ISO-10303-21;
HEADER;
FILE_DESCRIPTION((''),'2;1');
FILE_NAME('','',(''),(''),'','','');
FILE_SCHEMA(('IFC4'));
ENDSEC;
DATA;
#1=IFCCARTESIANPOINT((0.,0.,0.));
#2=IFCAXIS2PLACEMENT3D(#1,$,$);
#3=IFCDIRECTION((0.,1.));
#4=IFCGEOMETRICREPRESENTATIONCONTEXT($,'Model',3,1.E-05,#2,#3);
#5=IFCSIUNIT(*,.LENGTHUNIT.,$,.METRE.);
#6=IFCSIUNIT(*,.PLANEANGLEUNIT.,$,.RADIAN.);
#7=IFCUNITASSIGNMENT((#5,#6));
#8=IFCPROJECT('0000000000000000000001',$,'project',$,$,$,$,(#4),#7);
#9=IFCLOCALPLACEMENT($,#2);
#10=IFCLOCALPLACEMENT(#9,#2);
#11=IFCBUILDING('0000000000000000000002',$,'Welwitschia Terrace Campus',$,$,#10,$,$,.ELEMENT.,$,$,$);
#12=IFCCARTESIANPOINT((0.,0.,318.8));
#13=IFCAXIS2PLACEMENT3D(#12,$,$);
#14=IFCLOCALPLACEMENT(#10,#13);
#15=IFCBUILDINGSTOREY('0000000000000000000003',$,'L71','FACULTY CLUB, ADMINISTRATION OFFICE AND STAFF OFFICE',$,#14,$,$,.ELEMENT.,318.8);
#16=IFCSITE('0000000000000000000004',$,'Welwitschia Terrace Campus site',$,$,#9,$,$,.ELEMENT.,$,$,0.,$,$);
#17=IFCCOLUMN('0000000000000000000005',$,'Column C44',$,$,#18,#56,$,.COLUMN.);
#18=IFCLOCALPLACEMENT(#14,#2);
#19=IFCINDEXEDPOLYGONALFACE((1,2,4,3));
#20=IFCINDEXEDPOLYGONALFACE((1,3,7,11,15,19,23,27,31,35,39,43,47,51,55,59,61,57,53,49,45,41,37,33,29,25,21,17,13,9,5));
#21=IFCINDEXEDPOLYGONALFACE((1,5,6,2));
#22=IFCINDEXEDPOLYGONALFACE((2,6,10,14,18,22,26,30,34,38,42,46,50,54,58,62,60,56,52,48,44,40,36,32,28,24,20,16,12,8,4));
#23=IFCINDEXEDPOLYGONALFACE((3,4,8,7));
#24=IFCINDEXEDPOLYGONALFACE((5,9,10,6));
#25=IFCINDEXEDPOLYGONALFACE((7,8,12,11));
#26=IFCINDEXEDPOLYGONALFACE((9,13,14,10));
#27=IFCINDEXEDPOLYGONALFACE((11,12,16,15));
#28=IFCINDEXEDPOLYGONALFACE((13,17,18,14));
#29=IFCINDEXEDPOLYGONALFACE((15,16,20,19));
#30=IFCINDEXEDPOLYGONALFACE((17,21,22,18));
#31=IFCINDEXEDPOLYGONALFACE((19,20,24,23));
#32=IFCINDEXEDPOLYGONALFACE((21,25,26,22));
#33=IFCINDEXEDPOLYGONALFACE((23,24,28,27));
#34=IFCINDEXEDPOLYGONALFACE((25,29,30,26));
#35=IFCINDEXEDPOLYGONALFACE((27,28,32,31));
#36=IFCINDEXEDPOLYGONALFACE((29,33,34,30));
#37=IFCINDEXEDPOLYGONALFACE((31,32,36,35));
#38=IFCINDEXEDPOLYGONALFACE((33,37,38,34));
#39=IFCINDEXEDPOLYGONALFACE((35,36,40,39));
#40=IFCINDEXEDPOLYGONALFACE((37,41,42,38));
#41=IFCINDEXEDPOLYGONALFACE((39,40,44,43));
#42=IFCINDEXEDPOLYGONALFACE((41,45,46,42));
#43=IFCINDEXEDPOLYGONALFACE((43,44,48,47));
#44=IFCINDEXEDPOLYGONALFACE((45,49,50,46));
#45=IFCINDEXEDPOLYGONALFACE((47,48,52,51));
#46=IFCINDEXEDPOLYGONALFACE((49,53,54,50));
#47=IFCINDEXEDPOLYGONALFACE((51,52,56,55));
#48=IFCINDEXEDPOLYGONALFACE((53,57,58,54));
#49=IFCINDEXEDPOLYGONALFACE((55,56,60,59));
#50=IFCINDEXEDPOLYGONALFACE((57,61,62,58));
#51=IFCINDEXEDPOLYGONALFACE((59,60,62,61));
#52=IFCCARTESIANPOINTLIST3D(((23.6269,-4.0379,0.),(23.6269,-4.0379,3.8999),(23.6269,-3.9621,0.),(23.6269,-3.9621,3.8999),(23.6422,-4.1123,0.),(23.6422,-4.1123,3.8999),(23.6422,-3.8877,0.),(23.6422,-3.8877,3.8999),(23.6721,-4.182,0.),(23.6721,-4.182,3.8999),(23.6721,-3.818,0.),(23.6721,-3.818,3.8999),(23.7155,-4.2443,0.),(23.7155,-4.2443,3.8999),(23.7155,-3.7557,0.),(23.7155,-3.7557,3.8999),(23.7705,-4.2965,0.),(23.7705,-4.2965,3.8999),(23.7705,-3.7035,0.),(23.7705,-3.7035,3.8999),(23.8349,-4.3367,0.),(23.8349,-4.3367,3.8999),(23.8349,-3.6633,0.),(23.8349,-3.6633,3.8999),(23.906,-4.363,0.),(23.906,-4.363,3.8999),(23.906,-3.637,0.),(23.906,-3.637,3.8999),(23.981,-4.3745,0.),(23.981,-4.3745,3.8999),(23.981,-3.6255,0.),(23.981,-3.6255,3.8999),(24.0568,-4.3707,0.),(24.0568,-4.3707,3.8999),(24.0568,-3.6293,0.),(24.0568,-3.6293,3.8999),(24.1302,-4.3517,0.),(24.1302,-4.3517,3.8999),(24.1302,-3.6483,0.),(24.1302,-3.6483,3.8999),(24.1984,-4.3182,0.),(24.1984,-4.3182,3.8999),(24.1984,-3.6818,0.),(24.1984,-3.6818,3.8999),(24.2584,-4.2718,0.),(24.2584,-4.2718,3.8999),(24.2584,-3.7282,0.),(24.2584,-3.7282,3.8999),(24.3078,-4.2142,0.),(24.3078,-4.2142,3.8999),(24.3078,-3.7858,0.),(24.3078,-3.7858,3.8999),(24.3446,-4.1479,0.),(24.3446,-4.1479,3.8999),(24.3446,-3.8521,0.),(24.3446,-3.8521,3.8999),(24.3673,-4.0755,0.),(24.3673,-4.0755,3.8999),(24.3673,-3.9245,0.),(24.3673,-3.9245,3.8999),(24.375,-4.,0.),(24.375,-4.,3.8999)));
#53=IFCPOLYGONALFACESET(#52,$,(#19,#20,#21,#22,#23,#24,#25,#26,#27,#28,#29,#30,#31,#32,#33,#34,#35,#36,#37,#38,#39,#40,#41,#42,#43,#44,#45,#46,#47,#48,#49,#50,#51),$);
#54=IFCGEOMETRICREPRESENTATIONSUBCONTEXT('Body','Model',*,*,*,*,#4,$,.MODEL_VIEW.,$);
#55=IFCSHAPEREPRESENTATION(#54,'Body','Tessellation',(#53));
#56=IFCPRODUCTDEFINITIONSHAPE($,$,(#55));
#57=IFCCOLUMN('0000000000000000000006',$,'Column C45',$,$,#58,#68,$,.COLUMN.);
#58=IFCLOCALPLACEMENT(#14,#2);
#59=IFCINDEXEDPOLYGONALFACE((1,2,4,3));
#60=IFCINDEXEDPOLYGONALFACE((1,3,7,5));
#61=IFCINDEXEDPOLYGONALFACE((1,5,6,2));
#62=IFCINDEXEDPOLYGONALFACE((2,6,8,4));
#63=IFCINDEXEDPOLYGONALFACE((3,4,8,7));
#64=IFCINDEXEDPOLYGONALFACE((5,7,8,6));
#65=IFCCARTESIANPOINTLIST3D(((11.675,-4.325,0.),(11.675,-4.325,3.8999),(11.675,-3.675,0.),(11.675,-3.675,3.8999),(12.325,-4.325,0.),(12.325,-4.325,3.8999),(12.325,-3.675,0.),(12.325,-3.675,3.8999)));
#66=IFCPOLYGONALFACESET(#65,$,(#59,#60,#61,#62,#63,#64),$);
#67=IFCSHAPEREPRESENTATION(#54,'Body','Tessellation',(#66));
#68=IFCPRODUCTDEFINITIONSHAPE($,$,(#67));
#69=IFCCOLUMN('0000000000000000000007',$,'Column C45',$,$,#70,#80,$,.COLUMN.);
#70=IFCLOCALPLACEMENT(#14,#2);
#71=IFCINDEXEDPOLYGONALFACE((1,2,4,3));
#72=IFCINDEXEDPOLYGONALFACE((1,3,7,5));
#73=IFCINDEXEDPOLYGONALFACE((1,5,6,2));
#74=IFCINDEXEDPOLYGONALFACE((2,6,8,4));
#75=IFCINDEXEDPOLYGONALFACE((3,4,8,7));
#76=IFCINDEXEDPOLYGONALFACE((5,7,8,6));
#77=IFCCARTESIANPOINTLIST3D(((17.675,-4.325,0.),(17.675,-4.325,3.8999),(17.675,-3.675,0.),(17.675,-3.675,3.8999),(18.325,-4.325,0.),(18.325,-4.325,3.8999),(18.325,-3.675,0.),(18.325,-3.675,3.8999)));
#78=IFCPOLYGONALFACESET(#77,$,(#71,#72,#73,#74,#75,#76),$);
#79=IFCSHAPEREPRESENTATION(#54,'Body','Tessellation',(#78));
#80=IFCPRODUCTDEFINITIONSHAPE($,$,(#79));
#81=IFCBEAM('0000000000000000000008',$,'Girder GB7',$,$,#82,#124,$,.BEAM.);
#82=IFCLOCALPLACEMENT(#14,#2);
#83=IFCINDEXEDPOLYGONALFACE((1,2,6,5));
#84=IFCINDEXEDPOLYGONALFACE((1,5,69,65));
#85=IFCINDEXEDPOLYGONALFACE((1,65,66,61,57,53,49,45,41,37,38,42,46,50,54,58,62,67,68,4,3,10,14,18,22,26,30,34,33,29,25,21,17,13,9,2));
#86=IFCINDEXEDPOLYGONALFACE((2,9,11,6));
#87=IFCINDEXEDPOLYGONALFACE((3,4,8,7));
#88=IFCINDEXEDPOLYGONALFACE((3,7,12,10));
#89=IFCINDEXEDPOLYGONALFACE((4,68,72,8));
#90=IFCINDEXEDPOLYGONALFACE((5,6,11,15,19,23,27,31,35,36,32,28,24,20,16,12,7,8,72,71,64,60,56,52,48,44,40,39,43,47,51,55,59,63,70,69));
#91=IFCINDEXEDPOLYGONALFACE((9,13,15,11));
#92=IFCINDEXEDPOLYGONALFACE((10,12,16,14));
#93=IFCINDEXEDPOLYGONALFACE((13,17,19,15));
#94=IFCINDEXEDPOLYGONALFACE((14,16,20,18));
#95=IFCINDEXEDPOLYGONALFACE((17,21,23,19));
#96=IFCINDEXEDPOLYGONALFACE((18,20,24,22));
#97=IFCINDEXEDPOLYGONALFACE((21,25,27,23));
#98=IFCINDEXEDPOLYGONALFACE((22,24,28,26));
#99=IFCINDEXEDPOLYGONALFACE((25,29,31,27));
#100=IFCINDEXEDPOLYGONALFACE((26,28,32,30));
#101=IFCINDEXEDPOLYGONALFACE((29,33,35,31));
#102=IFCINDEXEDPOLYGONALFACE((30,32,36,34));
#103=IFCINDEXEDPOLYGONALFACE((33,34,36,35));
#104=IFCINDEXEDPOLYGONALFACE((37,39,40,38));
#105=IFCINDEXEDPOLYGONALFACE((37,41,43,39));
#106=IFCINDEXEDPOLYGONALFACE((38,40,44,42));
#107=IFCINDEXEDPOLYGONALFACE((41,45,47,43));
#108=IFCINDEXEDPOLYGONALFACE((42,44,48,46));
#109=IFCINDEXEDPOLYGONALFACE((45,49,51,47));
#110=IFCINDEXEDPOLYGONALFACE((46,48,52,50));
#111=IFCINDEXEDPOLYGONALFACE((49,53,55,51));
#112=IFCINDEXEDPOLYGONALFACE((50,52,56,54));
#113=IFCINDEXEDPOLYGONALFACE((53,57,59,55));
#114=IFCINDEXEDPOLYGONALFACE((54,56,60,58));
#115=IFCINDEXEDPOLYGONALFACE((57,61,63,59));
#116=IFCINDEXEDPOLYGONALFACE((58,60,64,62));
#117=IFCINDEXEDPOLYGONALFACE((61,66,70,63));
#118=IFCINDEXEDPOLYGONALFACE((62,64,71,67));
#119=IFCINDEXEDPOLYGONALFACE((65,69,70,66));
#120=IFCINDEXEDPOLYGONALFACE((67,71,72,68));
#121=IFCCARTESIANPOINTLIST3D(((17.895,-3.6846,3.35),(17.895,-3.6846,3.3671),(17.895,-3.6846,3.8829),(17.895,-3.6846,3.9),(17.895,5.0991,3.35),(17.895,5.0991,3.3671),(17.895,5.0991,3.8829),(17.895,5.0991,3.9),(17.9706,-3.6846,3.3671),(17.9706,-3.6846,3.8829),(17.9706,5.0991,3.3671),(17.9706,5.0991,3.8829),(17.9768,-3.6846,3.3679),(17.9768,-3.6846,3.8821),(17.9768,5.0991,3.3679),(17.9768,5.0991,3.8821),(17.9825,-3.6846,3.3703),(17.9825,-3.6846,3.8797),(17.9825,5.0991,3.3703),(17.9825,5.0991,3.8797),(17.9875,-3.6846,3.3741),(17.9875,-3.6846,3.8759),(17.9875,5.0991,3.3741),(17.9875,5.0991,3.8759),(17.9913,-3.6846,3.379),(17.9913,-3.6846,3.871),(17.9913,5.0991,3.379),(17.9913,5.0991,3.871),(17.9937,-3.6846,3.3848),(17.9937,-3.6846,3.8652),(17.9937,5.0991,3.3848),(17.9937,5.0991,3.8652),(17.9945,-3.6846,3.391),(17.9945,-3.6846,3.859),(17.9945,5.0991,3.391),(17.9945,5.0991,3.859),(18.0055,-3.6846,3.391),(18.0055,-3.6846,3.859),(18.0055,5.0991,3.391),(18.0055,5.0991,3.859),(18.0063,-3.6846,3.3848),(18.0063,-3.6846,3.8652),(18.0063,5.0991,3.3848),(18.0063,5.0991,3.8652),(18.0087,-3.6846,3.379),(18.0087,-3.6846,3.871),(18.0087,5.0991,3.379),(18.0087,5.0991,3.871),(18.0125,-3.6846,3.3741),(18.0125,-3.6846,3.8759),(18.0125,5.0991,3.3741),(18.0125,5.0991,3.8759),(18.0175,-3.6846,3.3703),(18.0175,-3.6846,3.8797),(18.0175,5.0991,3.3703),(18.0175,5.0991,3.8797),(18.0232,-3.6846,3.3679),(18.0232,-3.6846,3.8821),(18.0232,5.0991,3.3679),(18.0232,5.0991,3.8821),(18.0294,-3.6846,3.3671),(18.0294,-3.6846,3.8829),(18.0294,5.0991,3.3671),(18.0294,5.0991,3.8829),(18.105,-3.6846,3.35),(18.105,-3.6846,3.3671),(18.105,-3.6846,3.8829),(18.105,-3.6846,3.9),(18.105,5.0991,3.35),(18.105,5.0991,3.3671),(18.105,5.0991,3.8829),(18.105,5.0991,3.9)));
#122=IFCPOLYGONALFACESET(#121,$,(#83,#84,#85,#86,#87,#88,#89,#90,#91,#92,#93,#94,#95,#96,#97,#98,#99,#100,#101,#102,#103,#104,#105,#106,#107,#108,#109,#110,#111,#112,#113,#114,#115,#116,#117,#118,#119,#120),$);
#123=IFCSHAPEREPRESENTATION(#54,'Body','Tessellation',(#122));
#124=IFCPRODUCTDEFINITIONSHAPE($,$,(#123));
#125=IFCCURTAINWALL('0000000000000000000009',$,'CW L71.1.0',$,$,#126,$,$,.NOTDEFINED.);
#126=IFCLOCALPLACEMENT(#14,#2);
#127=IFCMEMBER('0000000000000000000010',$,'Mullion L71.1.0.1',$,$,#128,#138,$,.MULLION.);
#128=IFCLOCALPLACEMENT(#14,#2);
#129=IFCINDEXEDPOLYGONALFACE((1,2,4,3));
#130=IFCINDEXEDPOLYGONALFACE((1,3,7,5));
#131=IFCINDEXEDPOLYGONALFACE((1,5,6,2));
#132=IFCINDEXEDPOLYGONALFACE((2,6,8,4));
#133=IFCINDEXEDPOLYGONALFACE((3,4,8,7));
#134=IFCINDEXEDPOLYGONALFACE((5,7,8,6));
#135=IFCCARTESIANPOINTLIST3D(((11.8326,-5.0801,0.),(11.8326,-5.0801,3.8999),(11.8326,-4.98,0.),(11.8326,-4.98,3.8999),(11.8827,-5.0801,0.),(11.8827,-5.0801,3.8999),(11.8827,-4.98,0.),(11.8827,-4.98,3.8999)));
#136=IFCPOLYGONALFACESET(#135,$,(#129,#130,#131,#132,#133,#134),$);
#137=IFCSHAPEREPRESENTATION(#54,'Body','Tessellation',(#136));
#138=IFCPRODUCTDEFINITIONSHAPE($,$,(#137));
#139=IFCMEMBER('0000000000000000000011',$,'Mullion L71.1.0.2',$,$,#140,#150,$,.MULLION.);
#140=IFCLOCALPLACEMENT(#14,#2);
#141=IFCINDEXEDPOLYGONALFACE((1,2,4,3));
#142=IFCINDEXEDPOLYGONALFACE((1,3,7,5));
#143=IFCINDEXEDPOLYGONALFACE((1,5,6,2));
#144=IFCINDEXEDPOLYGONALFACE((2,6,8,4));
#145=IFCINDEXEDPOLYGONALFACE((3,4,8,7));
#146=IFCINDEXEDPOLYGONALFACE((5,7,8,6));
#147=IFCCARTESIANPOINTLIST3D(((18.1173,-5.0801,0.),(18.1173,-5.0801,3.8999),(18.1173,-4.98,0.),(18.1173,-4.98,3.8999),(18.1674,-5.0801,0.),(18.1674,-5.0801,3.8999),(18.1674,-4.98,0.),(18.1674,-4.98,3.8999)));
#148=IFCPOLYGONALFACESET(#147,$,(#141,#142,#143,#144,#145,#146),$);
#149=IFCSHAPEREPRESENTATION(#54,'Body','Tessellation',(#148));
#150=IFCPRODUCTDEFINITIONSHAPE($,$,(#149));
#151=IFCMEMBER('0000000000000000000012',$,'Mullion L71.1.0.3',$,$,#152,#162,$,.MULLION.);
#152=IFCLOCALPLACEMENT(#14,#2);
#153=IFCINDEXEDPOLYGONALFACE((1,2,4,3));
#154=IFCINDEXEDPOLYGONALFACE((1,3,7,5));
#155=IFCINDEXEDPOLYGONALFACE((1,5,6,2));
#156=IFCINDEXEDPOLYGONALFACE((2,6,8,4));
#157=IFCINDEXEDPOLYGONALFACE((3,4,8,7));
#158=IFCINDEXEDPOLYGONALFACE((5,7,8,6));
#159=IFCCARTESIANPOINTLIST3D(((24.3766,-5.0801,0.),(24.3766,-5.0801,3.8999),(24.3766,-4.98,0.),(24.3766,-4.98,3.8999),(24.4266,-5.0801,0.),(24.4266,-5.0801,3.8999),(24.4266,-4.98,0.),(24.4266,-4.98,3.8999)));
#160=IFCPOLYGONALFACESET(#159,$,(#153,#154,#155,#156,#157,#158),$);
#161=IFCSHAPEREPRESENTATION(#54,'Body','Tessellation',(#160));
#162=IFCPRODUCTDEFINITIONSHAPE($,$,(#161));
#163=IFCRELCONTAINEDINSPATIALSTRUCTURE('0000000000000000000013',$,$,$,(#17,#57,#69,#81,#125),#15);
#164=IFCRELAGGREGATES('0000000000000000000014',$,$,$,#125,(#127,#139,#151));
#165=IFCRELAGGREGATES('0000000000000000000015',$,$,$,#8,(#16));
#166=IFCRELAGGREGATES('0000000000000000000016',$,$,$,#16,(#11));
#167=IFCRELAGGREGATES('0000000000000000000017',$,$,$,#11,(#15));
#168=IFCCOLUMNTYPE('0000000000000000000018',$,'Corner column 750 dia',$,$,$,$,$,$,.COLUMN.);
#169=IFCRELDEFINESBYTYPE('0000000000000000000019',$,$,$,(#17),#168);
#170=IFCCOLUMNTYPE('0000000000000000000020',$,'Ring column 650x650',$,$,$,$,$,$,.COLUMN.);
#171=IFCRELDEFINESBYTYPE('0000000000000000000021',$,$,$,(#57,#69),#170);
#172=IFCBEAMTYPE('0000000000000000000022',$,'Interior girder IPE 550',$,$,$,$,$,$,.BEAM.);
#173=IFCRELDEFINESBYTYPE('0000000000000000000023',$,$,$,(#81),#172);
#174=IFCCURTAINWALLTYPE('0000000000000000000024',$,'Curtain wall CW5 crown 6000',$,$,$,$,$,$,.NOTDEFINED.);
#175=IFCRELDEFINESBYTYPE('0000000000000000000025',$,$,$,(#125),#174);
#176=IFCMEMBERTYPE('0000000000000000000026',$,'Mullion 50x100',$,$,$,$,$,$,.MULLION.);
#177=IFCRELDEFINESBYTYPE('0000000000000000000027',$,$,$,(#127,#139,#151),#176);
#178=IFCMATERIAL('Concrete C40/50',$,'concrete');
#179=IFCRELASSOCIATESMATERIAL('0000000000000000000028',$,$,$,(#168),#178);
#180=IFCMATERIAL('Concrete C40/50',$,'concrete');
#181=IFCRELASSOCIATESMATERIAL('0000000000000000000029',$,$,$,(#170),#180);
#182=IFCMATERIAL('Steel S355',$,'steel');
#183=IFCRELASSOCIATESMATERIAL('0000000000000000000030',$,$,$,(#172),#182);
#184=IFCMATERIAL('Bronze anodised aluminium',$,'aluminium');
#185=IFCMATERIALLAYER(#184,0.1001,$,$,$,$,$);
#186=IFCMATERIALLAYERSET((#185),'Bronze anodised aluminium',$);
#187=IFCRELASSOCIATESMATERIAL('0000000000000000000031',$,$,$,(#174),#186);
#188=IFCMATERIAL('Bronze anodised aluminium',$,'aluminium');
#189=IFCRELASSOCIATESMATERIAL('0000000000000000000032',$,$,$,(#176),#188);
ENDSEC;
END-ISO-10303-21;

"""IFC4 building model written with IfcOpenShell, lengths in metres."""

from ifc_helpers import new_model, si_unit, direction, frame, origin, origin_2d, place, context, subcontext, project, spatial, rectangle, circle, i_section, extrude, material, layer, layer_set, material_profile, profile_set, type_object, element, aggregate, save


model = new_model("IFC4")

# Units and contexts
model_context = context("Model", 3, precision=1e-05, world=origin(), true_north=direction((0.0, 1.0)))
body_context = subcontext(model_context, "Body", "Model", "MODEL_VIEW")
ifc_project = project(units=[si_unit("LENGTHUNIT", "METRE"), si_unit("PLANEANGLEUNIT", "RADIAN")], contexts=[model_context])

# Site, building, storey
site_placement = place(None, origin())
site = spatial("IfcSite", under=ifc_project, at=site_placement, Name="Welwitschia Terrace Campus site", CompositionType="ELEMENT", RefElevation=0.0)
building_placement = place(site_placement, origin())
building = spatial("IfcBuilding", under=site, at=building_placement, Name="Welwitschia Terrace Campus", CompositionType="ELEMENT")
storey_placement = place(building_placement, frame((0.0, 0.0, 318.8)))
storey = spatial("IfcBuildingStorey", under=building, at=storey_placement, Name="L71", Description="FACULTY CLUB, ADMINISTRATION OFFICE AND STAFF OFFICE", CompositionType="ELEMENT", Elevation=318.8)

# Columns
ifc_material_1 = material(Name="Concrete C40/50", Category="concrete")
ifc_material_profile_1 = material_profile(ifc_material_1, circle(Radius=0.375, at=origin_2d()))
ifc_profile_set_1 = profile_set([ifc_material_profile_1], Name="Concrete C40/50")
column_type_1 = type_object("IfcColumnType", Name="Corner column 750 dia", PredefinedType="COLUMN", material=ifc_profile_set_1)
column_placement = place(storey_placement, frame((24.0, -4.0, 0.0), z_axis=(0.0, 0.0, 1.0), x_axis=(1.0, 0.0, 0.0)))
element("IfcColumn", 1, at=column_placement, inside=storey, type_object=column_type_1, Name="Column C44", PredefinedType="COLUMN", context=body_context, shape_type="SweptSolid", body=[
    extrude(circle(Radius=0.375, at=origin_2d()), origin(), (0.0, 0.0, 1.0), 3.8999),
])
ifc_material_2 = material(Name="Concrete C40/50", Category="concrete")
ifc_material_profile_2 = material_profile(ifc_material_2, rectangle(XDim=0.6499, YDim=0.6499, at=origin_2d()))
ifc_profile_set_2 = profile_set([ifc_material_profile_2], Name="Concrete C40/50")
column_type_2 = type_object("IfcColumnType", Name="Ring column 650x650", PredefinedType="COLUMN", material=ifc_profile_set_2)
for number, where, z_axis, x_axis, name in (
    (2, (12.0, -4.0, 0.0), (0.0, 0.0, 1.0), (1.0, 0.0, 0.0), "Column C45"),
    (3, (18.0, -4.0, 0.0), (0.0, 0.0, 1.0), (1.0, 0.0, 0.0), "Column C45"),
):
    element("IfcColumn", number, at=place(storey_placement, frame(where, z_axis=z_axis, x_axis=x_axis)), inside=storey, type_object=column_type_2, Name=name, PredefinedType="COLUMN", context=body_context, shape_type="SweptSolid", body=[
        extrude(rectangle(XDim=0.6499, YDim=0.6499, at=origin_2d()), origin(), (0.0, 0.0, 1.0), 3.8999),
    ])

# Beam
ifc_material_3 = material(Name="Steel S355", Category="steel")
ifc_material_profile_3 = material_profile(ifc_material_3, i_section(OverallWidth=0.21, OverallDepth=0.55, WebThickness=0.011, FlangeThickness=0.0171, FilletRadius=0.0239, at=origin_2d()))
ifc_profile_set_3 = profile_set([ifc_material_profile_3], Name="Steel S355")
beam_type_1 = type_object("IfcBeamType", Name="Interior girder IPE 550", PredefinedType="BEAM", material=ifc_profile_set_3)
beam_1_placement = place(storey_placement, frame((18.0, -3.6846, 3.625), z_axis=(0.0, 1.0, 0.0), x_axis=(-1.0, 0.0, 0.0)))
element("IfcBeam", 4, at=beam_1_placement, inside=storey, type_object=beam_type_1, Name="Girder GB7", PredefinedType="BEAM", context=body_context, shape_type="SweptSolid", body=[
    extrude(i_section(OverallWidth=0.21, OverallDepth=0.55, WebThickness=0.011, FlangeThickness=0.0171, FilletRadius=0.0239, at=origin_2d()), origin(), (0.0, 0.0, 1.0), 8.7837),
])

# Curtain wall, members
ifc_material_4 = material(Name="Bronze anodised aluminium", Category="aluminium")
ifc_layer_1 = layer(ifc_material_4, 0.1001)
ifc_layer_set_1 = layer_set([ifc_layer_1], Name="Bronze anodised aluminium")
curtain_wall_type = type_object("IfcCurtainWallType", Name="Curtain wall CW5 crown 6000", PredefinedType="NOTDEFINED", material=ifc_layer_set_1)
curtain_wall_placement = place(storey_placement, origin())
curtain_wall = element("IfcCurtainWall", 5, at=curtain_wall_placement, inside=storey, type_object=curtain_wall_type, Name="CW L71.1.0", PredefinedType="NOTDEFINED")
ifc_material_5 = material(Name="Bronze anodised aluminium", Category="aluminium")
ifc_material_profile_4 = material_profile(ifc_material_5, rectangle(XDim=0.1001, YDim=0.05, at=origin_2d()))
ifc_profile_set_4 = profile_set([ifc_material_profile_4], Name="Bronze anodised aluminium")
member_type = type_object("IfcMemberType", Name="Mullion 50x100", PredefinedType="MULLION", material=ifc_profile_set_4)
member_1_placement = place(storey_placement, frame((11.8577, -5.03, 0.0), z_axis=(0.0, 0.0, 1.0), x_axis=(0.0, 1.0, 0.0)))
member_1 = element("IfcMember", 6, at=member_1_placement, type_object=member_type, Name="Mullion L71.1.0.1", PredefinedType="MULLION", context=body_context, shape_type="SweptSolid", body=[
    extrude(rectangle(XDim=0.1001, YDim=0.05, at=origin_2d()), origin(), (0.0, 0.0, 1.0), 3.8999),
])
member_2_placement = place(storey_placement, frame((18.1423, -5.03, 0.0), z_axis=(0.0, 0.0, 1.0), x_axis=(0.0, 1.0, 0.0)))
member_2 = element("IfcMember", 7, at=member_2_placement, type_object=member_type, Name="Mullion L71.1.0.2", PredefinedType="MULLION", context=body_context, shape_type="SweptSolid", body=[
    extrude(rectangle(XDim=0.1001, YDim=0.05, at=origin_2d()), origin(), (0.0, 0.0, 1.0), 3.8999),
])
member_3_placement = place(storey_placement, frame((24.4016, -5.03, 0.0), z_axis=(0.0, 0.0, 1.0), x_axis=(0.0, 1.0, 0.0)))
member_3 = element("IfcMember", 8, at=member_3_placement, type_object=member_type, Name="Mullion L71.1.0.3", PredefinedType="MULLION", context=body_context, shape_type="SweptSolid", body=[
    extrude(rectangle(XDim=0.1001, YDim=0.05, at=origin_2d()), origin(), (0.0, 0.0, 1.0), 3.8999),
])

aggregate(curtain_wall, [member_1, member_2, member_3])

save(model, "model.ifc")
